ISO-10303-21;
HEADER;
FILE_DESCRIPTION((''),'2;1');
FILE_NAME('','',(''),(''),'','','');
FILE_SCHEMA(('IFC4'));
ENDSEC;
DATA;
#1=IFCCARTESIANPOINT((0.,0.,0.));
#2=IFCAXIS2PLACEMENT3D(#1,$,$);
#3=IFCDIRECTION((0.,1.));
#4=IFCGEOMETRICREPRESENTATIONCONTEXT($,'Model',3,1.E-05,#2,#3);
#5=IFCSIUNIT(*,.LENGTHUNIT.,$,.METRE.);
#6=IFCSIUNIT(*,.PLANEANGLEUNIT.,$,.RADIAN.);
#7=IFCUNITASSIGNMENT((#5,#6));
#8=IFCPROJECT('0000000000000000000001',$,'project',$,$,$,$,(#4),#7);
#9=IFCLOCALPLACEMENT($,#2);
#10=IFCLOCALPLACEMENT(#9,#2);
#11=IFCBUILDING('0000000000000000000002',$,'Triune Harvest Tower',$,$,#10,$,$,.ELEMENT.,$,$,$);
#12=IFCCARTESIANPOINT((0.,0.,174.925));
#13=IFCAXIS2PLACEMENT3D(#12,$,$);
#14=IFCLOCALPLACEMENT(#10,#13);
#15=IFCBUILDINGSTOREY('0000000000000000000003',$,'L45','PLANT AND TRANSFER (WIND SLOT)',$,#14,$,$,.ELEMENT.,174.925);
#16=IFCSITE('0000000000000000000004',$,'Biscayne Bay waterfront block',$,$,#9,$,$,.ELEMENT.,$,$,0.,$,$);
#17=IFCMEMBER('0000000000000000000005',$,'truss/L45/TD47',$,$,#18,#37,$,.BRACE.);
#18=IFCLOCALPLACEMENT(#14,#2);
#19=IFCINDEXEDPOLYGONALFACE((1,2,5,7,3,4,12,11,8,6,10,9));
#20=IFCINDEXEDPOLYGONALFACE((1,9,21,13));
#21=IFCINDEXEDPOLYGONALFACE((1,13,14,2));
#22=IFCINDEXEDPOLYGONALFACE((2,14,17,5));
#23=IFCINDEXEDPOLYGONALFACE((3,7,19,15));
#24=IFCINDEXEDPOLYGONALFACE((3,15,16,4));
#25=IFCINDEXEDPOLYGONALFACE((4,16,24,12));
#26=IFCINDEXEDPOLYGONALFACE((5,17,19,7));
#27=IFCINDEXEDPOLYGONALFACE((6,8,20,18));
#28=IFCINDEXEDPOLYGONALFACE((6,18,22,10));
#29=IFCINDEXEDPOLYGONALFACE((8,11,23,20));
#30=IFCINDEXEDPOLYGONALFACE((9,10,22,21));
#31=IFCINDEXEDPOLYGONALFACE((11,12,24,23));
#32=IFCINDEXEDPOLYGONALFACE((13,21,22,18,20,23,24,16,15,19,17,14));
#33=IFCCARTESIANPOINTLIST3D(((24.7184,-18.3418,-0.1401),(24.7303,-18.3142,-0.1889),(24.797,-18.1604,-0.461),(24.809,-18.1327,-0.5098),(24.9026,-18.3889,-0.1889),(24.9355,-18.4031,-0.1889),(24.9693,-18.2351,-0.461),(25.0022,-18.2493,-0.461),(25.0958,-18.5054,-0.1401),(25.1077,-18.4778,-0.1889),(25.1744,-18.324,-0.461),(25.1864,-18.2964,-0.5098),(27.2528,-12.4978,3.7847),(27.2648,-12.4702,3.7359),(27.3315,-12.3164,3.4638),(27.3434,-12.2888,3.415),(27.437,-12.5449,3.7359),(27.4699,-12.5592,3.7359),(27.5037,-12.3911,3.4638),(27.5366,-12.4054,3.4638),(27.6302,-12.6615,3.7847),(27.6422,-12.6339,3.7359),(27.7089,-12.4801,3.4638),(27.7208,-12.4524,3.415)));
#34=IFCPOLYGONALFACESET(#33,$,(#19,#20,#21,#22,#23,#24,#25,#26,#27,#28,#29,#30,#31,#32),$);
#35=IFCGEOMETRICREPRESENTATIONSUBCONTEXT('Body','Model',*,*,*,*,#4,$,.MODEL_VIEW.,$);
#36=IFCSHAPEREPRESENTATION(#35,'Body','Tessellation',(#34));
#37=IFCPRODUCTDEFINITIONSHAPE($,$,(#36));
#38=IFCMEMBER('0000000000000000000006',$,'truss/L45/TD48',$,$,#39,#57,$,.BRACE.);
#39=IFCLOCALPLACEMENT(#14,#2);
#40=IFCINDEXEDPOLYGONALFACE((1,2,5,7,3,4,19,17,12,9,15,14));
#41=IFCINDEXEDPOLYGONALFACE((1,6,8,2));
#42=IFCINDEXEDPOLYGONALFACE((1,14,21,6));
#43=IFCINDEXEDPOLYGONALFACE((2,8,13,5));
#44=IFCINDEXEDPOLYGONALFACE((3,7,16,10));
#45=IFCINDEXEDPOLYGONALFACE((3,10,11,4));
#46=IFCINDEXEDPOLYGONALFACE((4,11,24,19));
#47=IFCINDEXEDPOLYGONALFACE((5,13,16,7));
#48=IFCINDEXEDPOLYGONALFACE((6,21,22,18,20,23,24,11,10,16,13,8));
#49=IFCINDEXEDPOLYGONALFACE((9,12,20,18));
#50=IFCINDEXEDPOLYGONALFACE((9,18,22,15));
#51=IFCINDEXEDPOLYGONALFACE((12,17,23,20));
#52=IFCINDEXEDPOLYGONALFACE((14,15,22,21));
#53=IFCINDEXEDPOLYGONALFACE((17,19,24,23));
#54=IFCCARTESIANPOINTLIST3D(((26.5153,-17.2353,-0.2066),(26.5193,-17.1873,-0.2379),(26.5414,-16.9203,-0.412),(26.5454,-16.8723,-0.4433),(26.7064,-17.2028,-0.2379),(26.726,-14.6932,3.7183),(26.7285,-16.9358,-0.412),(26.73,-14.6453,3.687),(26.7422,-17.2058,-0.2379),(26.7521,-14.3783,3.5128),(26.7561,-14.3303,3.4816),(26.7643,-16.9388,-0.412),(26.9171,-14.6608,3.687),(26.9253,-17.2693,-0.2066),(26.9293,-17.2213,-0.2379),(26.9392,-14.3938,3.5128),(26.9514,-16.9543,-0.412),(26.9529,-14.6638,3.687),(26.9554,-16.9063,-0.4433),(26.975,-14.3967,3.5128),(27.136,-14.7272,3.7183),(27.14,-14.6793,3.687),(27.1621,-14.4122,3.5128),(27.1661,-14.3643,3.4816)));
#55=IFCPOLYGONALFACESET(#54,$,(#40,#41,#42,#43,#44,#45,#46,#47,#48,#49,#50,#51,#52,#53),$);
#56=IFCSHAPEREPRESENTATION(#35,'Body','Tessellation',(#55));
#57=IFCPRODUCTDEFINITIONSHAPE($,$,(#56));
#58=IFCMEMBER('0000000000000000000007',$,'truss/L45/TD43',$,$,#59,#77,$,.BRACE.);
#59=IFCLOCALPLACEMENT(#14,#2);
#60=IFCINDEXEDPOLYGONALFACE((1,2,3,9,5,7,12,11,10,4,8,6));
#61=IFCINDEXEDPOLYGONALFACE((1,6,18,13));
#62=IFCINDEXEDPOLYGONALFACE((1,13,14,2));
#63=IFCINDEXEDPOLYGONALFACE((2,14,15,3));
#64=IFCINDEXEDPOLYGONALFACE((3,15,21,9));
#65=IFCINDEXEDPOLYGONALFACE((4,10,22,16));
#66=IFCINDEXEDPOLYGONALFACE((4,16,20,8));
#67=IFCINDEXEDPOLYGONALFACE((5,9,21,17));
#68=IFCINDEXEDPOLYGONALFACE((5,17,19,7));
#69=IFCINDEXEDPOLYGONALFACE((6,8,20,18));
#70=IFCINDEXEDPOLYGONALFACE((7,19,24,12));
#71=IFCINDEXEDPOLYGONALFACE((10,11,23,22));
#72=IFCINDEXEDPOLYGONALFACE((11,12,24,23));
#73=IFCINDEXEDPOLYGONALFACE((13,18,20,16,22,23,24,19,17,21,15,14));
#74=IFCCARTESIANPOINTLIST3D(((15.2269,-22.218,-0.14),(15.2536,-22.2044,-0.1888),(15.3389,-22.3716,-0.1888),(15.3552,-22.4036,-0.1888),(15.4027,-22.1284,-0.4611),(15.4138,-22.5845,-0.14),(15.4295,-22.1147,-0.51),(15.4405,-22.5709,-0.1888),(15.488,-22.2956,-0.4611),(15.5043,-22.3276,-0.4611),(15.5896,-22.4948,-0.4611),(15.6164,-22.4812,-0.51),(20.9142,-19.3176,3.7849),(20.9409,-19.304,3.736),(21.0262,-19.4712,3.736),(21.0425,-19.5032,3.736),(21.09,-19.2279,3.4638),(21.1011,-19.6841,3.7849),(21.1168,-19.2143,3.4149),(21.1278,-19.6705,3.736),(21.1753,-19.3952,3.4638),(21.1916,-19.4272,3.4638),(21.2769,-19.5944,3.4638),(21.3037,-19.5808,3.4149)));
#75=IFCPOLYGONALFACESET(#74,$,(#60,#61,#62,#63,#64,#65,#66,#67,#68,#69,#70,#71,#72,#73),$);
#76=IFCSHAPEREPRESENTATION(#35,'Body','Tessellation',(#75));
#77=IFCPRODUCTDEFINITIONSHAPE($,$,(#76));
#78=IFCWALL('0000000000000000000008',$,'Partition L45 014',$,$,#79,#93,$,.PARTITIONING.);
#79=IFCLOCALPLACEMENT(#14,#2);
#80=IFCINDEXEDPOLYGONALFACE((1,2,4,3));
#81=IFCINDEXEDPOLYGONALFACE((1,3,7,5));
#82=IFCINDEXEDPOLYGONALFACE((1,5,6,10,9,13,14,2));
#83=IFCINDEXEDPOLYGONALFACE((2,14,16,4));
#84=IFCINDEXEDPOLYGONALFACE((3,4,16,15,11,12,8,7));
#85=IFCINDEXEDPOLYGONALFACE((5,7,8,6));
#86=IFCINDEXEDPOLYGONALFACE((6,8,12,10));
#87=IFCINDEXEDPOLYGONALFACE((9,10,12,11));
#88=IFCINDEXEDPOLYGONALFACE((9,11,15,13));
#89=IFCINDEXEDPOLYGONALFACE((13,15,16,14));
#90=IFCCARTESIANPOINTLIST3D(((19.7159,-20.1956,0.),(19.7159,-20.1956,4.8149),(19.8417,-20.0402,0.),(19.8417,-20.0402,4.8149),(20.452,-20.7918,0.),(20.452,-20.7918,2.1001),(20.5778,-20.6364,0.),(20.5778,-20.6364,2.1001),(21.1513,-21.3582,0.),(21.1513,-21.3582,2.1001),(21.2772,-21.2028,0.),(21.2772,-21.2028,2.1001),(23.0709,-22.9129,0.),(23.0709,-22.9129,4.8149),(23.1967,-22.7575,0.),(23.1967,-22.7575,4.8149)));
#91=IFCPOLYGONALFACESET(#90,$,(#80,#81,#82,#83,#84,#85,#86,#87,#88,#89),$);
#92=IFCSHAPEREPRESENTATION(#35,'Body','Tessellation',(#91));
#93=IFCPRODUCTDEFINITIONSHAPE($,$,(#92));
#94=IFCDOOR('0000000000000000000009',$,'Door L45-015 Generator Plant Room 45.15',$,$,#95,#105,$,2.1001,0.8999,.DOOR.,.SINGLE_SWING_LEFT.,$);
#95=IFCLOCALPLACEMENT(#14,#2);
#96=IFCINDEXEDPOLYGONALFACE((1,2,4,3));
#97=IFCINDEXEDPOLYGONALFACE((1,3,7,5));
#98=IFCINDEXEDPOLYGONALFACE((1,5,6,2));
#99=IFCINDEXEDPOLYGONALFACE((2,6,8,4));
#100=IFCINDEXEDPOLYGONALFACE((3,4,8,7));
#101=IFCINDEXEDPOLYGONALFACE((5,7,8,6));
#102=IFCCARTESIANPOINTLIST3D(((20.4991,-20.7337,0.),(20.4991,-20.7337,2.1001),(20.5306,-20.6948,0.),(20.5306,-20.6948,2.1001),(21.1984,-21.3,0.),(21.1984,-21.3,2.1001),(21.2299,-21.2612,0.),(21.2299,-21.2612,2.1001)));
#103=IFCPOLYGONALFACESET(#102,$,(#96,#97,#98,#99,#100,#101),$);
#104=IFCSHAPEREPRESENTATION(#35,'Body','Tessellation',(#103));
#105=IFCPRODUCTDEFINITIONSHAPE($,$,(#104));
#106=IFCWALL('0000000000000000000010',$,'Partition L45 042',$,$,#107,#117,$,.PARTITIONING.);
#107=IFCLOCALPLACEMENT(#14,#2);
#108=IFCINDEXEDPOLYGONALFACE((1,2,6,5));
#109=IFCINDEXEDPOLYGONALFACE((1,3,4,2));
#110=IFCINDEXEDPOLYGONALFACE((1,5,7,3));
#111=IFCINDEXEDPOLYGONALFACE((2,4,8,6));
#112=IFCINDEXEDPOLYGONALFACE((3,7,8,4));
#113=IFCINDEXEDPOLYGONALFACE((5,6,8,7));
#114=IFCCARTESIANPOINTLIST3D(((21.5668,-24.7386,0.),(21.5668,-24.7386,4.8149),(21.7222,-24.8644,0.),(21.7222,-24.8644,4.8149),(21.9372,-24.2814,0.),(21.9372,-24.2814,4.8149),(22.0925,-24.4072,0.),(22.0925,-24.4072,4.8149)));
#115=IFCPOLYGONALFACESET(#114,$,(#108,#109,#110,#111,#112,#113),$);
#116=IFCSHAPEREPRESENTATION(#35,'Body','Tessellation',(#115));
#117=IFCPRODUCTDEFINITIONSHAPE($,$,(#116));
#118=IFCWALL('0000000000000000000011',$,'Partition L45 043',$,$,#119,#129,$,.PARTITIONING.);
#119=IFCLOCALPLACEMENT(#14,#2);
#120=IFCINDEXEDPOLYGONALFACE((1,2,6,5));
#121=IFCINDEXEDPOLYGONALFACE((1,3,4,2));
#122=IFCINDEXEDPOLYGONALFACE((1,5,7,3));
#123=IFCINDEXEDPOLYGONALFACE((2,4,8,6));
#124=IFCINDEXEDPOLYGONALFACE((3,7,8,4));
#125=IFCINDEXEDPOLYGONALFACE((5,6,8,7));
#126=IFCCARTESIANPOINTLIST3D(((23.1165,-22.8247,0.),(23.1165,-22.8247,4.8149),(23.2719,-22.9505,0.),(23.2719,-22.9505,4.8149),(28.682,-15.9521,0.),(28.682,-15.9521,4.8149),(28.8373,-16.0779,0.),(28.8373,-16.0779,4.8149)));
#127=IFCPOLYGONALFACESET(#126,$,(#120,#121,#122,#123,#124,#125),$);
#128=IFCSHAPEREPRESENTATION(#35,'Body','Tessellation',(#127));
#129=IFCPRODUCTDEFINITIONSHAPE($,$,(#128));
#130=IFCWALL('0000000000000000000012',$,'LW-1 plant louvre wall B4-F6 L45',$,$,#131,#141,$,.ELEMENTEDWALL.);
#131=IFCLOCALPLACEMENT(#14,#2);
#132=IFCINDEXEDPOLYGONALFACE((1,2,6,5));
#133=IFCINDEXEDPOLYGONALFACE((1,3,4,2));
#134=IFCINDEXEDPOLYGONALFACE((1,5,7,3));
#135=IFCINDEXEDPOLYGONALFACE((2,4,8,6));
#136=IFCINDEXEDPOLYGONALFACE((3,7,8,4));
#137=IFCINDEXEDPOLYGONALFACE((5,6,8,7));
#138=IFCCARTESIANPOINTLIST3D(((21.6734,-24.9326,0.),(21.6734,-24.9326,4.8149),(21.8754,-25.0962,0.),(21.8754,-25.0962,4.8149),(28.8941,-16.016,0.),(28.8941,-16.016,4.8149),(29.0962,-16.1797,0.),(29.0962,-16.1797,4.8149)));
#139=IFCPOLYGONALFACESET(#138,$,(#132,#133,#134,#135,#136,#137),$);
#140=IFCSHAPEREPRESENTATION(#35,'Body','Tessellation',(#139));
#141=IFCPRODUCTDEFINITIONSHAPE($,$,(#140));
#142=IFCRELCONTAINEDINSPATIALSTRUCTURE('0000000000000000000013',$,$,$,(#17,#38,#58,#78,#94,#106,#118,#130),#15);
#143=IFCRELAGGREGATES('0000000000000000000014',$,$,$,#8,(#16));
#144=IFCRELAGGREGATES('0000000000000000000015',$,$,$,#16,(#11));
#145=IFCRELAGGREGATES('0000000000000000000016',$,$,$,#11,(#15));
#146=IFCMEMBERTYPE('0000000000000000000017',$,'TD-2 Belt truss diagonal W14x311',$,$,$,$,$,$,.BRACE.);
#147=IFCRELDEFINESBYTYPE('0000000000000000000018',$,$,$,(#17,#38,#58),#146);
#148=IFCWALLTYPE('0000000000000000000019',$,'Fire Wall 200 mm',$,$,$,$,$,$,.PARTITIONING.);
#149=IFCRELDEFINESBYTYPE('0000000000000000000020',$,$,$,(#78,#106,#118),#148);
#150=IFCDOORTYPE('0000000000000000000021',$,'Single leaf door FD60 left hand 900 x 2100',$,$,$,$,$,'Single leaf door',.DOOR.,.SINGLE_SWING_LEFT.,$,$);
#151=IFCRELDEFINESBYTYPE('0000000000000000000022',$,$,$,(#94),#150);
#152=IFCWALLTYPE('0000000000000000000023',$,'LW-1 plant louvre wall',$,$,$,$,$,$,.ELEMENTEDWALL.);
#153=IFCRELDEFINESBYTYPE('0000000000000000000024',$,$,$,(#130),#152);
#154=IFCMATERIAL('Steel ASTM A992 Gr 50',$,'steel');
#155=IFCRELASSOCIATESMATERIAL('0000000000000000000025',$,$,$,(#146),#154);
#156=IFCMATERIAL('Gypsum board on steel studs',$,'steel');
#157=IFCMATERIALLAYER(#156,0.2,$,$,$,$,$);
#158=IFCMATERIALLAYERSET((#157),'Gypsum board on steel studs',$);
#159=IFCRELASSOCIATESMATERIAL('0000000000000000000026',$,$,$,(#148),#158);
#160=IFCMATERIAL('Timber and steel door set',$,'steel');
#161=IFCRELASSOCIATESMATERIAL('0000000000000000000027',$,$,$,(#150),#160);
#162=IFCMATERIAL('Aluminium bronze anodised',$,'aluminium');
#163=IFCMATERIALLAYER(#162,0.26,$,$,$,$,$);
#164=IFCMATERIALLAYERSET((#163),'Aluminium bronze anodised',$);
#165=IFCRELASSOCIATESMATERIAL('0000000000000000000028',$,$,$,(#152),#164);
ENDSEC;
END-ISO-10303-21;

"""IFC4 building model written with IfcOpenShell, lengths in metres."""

from ifc_helpers import new_model, si_unit, direction, frame, frame_2d, origin, origin_2d, place, context, subcontext, project, spatial, rectangle, i_section, extrude, source, transform, mapped, material, layer, layer_set, material_profile, profile_set, type_object, element, fill, save


model = new_model("IFC4")

# Units and contexts
model_context = context("Model", 3, precision=1e-05, world=origin(), true_north=direction((0.0, 1.0)))
body_context = subcontext(model_context, "Body", "Model", "MODEL_VIEW")
ifc_project = project(units=[si_unit("LENGTHUNIT", "METRE"), si_unit("PLANEANGLEUNIT", "RADIAN")], contexts=[model_context])

# Site, building, storey
site_placement = place(None, origin())
site = spatial("IfcSite", under=ifc_project, at=site_placement, Name="Biscayne Bay waterfront block", CompositionType="ELEMENT", RefElevation=0.0)
building_placement = place(site_placement, origin())
building = spatial("IfcBuilding", under=site, at=building_placement, Name="Triune Harvest Tower", CompositionType="ELEMENT")
storey_placement = place(building_placement, frame((0.0, 0.0, 174.925)))
storey = spatial("IfcBuildingStorey", under=building, at=storey_placement, Name="L45", Description="PLANT AND TRANSFER (WIND SLOT)", CompositionType="ELEMENT", Elevation=174.925)

# Shared definitions
ifc_material_1 = material(Name="Steel ASTM A992 Gr 50", Category="steel")
ifc_material_profile_1 = material_profile(ifc_material_1, i_section(OverallWidth=0.4114, OverallDepth=0.4343, WebThickness=0.0359, FlangeThickness=0.0574, at=origin_2d()), Name="W14x311")
ifc_profile_set_1 = profile_set([ifc_material_profile_1], Name="Steel ASTM A992 Gr 50")
member_type_1 = type_object("IfcMemberType", Name="TD-2 Belt truss diagonal W14x311", PredefinedType="BRACE", material=ifc_profile_set_1)

# Members
shared_shape_1 = source(origin(), body_context, "Body", "SweptSolid", [
    extrude(i_section(OverallWidth=0.4114, OverallDepth=0.4343, WebThickness=0.0359, FlangeThickness=0.0574, at=origin_2d()), origin(), (0.0, 0.0, 1.0), 7.4819),
])
member_1_placement = place(storey_placement, frame((24.9524, -18.3191, -0.325), z_axis=(0.338738, 0.781078, 0.524569), x_axis=(-0.91744, 0.397875, 0.0)))
element("IfcMember", 1, at=member_1_placement, inside=storey, type_object=member_type_1, Name="truss/L45/TD47", PredefinedType="BRACE", context=body_context, shape_type="MappedRepresentation", body=[
    mapped(shared_shape_1, transform((0.0, 0.0, 0.0), scale=1.0)),
])
shared_shape_2 = source(origin(), body_context, "Body", "SweptSolid", [
    extrude(i_section(OverallWidth=0.4114, OverallDepth=0.4343, WebThickness=0.0359, FlangeThickness=0.0574, at=origin_2d()), origin(), (0.0, 0.0, 1.0), 4.6809),
])
member_2_placement = place(storey_placement, frame((26.7354, -17.0708, -0.325), z_axis=(0.045012, 0.543064, 0.838484), x_axis=(-0.996583, 0.082602, 0.0)))
element("IfcMember", 2, at=member_2_placement, inside=storey, type_object=member_type_1, Name="truss/L45/TD48", PredefinedType="BRACE", context=body_context, shape_type="MappedRepresentation", body=[
    mapped(shared_shape_2, transform((0.0, 0.0, 0.0), scale=1.0)),
])
shared_shape_3 = source(origin(), body_context, "Body", "SweptSolid", [
    extrude(i_section(OverallWidth=0.4114, OverallDepth=0.4343, WebThickness=0.0359, FlangeThickness=0.0574, at=origin_2d()), origin(), (0.0, 0.0, 1.0), 7.4941),
])
member_3_placement = place(storey_placement, frame((15.4216, -22.3496, -0.325), z_axis=(0.7589, 0.387024, 0.523721), x_axis=(-0.454312, 0.890842, 0.0)))
element("IfcMember", 3, at=member_3_placement, inside=storey, type_object=member_type_1, Name="truss/L45/TD43", PredefinedType="BRACE", context=body_context, shape_type="MappedRepresentation", body=[
    mapped(shared_shape_3, transform((0.0, 0.0, 0.0), scale=1.0)),
])

# Wall, opening, door
ifc_material_2 = material(Name="Gypsum board on steel studs", Category="steel")
ifc_layer_1 = layer(ifc_material_2, 0.2)
ifc_layer_set_1 = layer_set([ifc_layer_1], Name="Gypsum board on steel studs")
wall_type_1 = type_object("IfcWallType", Name="Fire Wall 200 mm", PredefinedType="PARTITIONING", material=ifc_layer_set_1)
wall_1_placement = place(storey_placement, frame((19.7788, -20.1179, 0.0), z_axis=(0.0, 0.0, 1.0), x_axis=(0.777092, -0.629387, 0.0)))
wall_1 = element("IfcWall", 4, at=wall_1_placement, inside=storey, type_object=wall_type_1, Name="Partition L45 014", PredefinedType="PARTITIONING", context=body_context, shape_type="SweptSolid", body=[
    extrude(rectangle(XDim=4.3174, YDim=0.2, at=frame_2d((2.1587, 0.0))), origin(), (0.0, 0.0, 1.0), 4.8149),
])
opening_placement = place(wall_1_placement, frame((0.9473, 0.0, 0.0)))
opening = element("IfcOpeningElement", 5, at=opening_placement, cuts=wall_1, PredefinedType="OPENING", context=body_context, shape_type="SweptSolid", body=[
    extrude(rectangle(XDim=0.8999, YDim=2.1001, at=frame_2d((0.45, 1.05))), frame((0.0, 0.1099, 0.0), z_axis=(0.0, -1.0, 0.0), x_axis=(1.0, 0.0, 0.0)), (0.0, 0.0, 1.0), 0.22),
])
ifc_material_3 = material(Name="Timber and steel door set", Category="steel")
door_type = type_object("IfcDoorType", Name="Single leaf door FD60 left hand 900 x 2100", ElementType="Single leaf door", OperationType="SINGLE_SWING_LEFT", PredefinedType="DOOR", material=ifc_material_3)
door_placement = place(opening_placement, origin())
door = element("IfcDoor", 6, at=door_placement, inside=storey, type_object=door_type, Name="Door L45-015 Generator Plant Room 45.15", OperationType="SINGLE_SWING_LEFT", OverallHeight=2.1001, OverallWidth=0.8999, PredefinedType="DOOR", context=body_context, shape_type="SweptSolid", body=[
    extrude(rectangle(XDim=0.8999, YDim=2.1001, at=frame_2d((0.45, 1.05))), frame((0.0, 0.0249, 0.0), z_axis=(0.0, -1.0, 0.0), x_axis=(1.0, 0.0, 0.0)), (0.0, 0.0, 1.0), 0.05),
])
fill(opening, door)

# Walls
wall_2_placement = place(storey_placement, frame((21.6445, -24.8015, 0.0), z_axis=(0.0, 0.0, 1.0), x_axis=(0.629389, 0.77709, 0.0)))
element("IfcWall", 7, at=wall_2_placement, inside=storey, type_object=wall_type_1, Name="Partition L45 042", PredefinedType="PARTITIONING", context=body_context, shape_type="SweptSolid", body=[
    extrude(rectangle(XDim=0.5884, YDim=0.2, at=frame_2d((0.2942, 0.0))), origin(), (0.0, 0.0, 1.0), 4.8149),
])
wall_3_placement = place(storey_placement, frame((23.1941, -22.8877, 0.0), z_axis=(0.0, 0.0, 1.0), x_axis=(0.62933, 0.777138, 0.0)))
element("IfcWall", 8, at=wall_3_placement, inside=storey, type_object=wall_type_1, Name="Partition L45 043", PredefinedType="PARTITIONING", context=body_context, shape_type="SweptSolid", body=[
    extrude(rectangle(XDim=8.8435, YDim=0.2, at=frame_2d((4.4219, 0.0))), origin(), (0.0, 0.0, 1.0), 4.8149),
])
ifc_material_4 = material(Name="Aluminium bronze anodised", Category="aluminium")
ifc_layer_2 = layer(ifc_material_4, 0.26)
ifc_layer_set_2 = layer_set([ifc_layer_2], Name="Aluminium bronze anodised")
wall_type_2 = type_object("IfcWallType", Name="LW-1 plant louvre wall", PredefinedType="ELEMENTEDWALL", material=ifc_layer_set_2)
shared_shape_4 = source(origin(), body_context, "Body", "SweptSolid", [
    extrude(rectangle(XDim=11.4736, YDim=0.26, at=frame_2d((5.7368, 0.0))), origin(), (0.0, 0.0, 1.0), 4.8149),
])
wall_4_placement = place(storey_placement, frame((21.7744, -25.0144, 0.0), z_axis=(0.0, 0.0, 1.0), x_axis=(0.629334, 0.777135, 0.0)))
element("IfcWall", 9, at=wall_4_placement, inside=storey, type_object=wall_type_2, Name="LW-1 plant louvre wall B4-F6 L45", PredefinedType="ELEMENTEDWALL", context=body_context, shape_type="MappedRepresentation", body=[
    mapped(shared_shape_4, transform((0.0, 0.0, 0.0), scale=1.0)),
])

save(model, "model.ifc")
